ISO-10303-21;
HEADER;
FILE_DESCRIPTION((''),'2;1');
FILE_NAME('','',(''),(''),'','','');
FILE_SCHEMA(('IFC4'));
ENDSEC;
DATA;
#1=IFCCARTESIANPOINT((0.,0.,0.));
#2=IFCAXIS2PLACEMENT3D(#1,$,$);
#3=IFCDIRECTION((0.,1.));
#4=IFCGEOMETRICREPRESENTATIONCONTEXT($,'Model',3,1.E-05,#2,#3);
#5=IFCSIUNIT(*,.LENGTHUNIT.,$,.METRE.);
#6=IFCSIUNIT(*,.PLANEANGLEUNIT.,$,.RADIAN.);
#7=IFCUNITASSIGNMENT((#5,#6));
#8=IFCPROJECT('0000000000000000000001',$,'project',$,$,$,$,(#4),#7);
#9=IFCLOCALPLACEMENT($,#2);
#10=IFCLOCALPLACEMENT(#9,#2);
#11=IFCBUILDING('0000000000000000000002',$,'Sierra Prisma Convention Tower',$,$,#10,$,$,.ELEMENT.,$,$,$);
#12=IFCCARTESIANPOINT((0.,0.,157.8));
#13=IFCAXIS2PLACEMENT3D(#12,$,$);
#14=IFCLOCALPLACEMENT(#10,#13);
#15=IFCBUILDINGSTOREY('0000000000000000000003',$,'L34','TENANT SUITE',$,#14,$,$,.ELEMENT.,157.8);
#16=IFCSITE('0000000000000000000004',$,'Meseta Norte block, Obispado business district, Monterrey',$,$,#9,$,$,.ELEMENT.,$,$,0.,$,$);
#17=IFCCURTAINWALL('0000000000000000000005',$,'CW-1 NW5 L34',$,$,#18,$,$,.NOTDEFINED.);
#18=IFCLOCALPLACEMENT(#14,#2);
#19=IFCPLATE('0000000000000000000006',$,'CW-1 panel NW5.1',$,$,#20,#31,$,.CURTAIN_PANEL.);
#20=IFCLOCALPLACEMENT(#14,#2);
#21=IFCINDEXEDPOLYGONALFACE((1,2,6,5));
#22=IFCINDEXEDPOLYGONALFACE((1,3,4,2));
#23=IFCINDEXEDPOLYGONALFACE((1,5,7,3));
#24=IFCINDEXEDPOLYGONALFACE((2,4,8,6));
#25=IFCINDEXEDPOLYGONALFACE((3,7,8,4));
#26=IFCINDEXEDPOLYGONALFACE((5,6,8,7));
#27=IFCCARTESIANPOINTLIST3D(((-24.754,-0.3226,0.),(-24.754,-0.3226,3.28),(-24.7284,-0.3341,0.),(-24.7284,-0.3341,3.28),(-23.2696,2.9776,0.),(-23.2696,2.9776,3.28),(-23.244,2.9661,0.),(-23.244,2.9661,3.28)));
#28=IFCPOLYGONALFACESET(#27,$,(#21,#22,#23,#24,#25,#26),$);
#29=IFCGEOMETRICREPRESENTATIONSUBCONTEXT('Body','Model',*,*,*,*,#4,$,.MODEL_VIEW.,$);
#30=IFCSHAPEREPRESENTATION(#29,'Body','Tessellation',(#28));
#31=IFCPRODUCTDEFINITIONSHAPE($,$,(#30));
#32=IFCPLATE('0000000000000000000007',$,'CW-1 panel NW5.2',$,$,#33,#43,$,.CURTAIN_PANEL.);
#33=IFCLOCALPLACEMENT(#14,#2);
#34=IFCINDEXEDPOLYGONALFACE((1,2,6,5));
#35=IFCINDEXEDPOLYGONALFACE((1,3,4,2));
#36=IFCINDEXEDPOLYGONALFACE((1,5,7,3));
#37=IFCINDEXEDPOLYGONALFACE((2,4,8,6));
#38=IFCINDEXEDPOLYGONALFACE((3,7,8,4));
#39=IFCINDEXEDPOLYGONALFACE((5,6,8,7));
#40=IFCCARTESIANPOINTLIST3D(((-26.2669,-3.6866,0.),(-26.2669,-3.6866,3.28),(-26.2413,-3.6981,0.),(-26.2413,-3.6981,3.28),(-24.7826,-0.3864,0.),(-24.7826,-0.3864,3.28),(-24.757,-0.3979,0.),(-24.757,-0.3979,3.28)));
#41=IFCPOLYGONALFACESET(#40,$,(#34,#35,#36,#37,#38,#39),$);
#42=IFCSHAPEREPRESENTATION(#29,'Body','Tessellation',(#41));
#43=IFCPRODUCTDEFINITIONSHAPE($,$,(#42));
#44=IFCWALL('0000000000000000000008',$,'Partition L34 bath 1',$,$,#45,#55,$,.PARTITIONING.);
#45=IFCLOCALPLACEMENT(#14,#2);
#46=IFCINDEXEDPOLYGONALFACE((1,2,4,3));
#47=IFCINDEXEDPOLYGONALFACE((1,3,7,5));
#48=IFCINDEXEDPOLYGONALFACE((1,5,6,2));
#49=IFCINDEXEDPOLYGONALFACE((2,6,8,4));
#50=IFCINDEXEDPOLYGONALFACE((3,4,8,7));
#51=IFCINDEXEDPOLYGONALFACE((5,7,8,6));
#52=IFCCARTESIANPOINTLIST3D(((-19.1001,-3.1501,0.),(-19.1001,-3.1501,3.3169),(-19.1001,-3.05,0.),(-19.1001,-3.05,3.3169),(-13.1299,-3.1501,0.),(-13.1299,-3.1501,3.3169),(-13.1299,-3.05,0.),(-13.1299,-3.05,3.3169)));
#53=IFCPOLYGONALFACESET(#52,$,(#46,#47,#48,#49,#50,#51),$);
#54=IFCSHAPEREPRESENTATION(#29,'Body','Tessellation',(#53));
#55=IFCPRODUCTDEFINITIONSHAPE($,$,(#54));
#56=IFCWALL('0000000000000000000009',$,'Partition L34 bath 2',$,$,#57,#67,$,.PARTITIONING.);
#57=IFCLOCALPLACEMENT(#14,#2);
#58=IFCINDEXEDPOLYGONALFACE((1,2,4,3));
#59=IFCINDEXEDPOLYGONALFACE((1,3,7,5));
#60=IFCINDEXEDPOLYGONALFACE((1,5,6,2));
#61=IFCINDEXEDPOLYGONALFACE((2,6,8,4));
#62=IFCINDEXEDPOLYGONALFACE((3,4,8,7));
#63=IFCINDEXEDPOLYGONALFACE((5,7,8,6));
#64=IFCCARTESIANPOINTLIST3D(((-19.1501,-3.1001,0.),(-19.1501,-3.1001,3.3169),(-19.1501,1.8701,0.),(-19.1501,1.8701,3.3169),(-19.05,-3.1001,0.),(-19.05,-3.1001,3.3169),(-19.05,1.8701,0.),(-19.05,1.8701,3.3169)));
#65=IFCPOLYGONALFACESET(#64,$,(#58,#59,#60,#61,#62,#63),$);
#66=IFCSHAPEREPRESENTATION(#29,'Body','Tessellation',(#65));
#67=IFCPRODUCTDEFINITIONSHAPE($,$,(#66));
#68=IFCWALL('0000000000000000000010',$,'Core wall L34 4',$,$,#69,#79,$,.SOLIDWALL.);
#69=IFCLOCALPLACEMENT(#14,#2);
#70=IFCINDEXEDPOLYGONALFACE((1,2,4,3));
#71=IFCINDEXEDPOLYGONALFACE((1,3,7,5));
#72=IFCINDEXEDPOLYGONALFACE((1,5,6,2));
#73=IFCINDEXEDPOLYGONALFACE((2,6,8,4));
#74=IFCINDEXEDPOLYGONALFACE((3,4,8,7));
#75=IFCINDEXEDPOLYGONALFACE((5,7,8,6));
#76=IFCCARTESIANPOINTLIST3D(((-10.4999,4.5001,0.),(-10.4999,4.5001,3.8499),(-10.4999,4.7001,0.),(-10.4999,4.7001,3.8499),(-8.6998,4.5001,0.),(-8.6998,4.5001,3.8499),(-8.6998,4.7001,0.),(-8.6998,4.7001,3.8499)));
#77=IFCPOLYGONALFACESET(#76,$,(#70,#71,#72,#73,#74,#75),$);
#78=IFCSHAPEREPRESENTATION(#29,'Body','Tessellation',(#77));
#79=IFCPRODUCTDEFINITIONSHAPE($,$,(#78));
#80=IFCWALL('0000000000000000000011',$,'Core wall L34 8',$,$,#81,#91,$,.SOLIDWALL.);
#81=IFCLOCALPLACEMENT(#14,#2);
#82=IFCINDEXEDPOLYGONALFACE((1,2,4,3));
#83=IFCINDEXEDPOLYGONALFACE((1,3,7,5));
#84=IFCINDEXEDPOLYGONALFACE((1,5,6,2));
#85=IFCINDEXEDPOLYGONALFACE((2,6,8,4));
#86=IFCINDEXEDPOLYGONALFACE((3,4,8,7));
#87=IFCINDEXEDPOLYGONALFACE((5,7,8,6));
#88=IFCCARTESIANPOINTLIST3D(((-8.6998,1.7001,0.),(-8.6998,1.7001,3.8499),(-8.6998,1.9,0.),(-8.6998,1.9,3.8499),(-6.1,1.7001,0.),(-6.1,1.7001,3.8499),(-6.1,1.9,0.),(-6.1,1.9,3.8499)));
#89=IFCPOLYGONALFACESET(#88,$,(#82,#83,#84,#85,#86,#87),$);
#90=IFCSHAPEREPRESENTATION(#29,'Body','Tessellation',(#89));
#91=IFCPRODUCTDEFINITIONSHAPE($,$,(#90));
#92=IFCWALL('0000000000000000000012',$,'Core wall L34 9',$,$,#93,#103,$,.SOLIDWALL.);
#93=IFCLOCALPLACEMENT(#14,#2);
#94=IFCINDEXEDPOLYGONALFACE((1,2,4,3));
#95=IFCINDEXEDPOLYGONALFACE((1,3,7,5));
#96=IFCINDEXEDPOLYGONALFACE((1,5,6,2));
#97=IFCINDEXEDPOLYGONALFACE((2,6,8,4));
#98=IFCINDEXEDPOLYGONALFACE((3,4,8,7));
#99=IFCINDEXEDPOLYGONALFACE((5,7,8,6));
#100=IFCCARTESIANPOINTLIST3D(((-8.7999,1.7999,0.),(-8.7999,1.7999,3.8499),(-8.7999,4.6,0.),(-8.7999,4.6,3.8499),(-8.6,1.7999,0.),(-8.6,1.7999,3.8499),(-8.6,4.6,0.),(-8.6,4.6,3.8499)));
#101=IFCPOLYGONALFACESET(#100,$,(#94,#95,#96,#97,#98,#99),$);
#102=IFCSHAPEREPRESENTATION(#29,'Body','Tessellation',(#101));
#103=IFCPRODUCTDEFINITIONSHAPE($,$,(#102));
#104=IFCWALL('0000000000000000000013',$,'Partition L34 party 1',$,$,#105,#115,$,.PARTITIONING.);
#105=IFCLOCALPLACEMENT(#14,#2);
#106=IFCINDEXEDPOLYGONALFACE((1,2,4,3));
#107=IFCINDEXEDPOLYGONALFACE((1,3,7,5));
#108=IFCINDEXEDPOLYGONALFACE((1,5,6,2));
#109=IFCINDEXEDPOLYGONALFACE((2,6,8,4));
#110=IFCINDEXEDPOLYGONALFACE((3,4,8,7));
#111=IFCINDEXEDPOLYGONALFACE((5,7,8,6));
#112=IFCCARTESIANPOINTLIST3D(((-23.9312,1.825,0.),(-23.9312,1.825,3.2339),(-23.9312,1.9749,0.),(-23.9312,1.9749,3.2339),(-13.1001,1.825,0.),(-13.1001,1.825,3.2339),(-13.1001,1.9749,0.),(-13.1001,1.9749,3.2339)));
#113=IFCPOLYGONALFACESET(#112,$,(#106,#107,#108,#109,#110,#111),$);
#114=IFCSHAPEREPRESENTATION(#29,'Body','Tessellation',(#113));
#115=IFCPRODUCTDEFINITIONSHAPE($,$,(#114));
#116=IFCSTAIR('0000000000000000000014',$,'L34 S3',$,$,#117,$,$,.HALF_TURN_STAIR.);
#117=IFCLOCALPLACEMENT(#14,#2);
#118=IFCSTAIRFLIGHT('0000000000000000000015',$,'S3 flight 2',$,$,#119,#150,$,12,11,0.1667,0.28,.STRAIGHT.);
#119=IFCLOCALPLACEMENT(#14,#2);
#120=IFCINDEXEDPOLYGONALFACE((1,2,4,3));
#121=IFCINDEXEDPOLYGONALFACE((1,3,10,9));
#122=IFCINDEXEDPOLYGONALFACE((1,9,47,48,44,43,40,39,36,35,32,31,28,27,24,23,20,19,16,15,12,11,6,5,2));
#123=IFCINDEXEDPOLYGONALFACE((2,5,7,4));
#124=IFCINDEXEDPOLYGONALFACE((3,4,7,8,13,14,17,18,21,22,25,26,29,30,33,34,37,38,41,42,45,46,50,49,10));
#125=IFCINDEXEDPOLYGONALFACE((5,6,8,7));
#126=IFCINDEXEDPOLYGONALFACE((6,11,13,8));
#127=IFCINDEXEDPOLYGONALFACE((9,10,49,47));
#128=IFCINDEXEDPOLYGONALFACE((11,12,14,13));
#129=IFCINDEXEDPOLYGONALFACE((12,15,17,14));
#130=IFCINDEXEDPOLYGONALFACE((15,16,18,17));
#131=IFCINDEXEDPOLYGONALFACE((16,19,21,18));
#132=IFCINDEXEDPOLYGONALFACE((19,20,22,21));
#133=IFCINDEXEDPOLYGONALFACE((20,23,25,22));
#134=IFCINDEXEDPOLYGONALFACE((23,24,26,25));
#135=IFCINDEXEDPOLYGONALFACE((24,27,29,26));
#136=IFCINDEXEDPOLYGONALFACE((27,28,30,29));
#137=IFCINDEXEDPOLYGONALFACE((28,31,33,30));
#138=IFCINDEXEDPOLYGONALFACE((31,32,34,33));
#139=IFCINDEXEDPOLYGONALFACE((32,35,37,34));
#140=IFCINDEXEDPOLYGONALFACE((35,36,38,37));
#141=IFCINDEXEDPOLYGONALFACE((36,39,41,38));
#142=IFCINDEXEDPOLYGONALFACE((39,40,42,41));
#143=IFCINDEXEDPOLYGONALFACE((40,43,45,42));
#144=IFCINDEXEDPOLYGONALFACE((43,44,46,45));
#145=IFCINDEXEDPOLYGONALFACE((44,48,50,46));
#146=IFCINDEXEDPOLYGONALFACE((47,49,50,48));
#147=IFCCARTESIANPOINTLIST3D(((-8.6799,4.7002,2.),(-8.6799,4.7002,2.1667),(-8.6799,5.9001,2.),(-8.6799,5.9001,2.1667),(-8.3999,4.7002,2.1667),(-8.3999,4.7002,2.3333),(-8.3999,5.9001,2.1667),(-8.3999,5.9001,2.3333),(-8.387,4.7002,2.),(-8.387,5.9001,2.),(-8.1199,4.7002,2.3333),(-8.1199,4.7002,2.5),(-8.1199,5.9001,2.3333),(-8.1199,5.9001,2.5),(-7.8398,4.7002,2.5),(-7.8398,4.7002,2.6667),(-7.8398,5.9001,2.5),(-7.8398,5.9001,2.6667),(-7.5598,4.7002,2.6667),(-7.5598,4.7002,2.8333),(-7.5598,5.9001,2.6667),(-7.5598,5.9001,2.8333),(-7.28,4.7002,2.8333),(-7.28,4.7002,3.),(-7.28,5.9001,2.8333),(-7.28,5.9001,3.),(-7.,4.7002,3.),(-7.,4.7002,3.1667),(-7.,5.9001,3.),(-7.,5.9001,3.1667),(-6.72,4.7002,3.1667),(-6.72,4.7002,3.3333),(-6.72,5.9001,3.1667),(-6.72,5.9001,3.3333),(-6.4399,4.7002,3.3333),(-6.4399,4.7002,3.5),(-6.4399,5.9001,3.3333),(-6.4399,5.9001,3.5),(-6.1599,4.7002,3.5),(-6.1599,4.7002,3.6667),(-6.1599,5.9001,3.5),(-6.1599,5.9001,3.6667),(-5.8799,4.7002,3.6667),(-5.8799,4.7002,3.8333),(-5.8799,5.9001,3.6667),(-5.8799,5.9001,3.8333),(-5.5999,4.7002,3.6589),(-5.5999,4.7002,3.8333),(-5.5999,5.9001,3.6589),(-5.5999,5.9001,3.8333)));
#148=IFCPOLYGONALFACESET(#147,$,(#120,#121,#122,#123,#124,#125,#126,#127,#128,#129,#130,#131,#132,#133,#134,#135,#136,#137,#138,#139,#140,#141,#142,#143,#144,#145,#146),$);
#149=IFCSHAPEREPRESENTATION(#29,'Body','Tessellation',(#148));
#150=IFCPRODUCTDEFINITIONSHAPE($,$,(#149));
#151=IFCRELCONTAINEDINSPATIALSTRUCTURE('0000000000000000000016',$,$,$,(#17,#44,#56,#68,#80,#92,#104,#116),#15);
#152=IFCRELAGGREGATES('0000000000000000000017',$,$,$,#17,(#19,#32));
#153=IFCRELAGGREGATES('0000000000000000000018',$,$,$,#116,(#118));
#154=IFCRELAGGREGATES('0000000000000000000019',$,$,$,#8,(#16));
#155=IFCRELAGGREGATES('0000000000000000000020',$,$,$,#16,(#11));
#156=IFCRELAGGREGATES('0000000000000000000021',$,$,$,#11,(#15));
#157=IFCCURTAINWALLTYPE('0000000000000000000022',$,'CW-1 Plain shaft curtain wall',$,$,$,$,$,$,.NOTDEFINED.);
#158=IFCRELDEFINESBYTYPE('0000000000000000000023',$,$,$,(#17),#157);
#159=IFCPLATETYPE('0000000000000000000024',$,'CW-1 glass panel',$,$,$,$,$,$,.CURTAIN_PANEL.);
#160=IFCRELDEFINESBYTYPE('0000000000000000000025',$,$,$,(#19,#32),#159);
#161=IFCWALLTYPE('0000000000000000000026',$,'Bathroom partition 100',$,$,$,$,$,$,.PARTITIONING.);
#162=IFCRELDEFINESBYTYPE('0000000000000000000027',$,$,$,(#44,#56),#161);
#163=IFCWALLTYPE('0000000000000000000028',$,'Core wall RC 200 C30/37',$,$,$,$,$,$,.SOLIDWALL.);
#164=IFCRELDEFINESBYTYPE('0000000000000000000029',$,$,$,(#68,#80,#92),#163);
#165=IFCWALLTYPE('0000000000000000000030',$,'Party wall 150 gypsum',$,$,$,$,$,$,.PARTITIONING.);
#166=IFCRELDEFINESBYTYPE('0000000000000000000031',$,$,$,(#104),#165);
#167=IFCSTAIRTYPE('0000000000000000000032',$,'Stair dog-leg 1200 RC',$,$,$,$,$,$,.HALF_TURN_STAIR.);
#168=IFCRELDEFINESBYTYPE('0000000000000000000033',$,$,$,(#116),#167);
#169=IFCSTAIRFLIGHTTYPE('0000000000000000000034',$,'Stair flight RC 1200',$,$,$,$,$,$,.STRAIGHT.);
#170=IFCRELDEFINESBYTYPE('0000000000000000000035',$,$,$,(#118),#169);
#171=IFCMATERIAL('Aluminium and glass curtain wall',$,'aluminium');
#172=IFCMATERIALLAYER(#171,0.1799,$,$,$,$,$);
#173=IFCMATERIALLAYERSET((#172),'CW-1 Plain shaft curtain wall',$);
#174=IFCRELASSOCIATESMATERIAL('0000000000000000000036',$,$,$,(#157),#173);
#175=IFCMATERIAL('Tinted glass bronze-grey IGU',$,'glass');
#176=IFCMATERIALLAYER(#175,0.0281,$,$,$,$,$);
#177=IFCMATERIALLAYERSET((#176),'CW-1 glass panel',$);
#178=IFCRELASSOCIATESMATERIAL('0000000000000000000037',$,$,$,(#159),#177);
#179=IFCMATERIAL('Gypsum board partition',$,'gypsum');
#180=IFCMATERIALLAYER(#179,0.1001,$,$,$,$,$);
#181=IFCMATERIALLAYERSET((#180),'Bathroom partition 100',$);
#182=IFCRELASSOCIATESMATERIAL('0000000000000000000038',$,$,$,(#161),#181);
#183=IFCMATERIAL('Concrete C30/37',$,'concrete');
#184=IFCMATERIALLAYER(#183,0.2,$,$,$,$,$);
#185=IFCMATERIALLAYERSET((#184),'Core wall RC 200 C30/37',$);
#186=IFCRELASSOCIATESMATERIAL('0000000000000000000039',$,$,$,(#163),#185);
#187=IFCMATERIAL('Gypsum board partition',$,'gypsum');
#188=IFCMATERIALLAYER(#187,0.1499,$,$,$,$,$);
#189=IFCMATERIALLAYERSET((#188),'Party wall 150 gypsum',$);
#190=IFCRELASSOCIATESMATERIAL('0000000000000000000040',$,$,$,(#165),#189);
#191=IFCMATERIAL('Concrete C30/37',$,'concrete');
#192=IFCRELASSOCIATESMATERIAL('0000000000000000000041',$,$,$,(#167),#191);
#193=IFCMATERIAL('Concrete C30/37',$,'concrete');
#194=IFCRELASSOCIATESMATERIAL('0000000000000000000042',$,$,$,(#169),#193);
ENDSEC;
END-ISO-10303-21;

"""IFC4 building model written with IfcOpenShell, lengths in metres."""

from ifc_helpers import new_model, si_unit, direction, frame, frame_2d, origin, origin_2d, place, context, subcontext, project, spatial, polyline, rectangle, outline, extrude, material, layer, layer_set, type_object, element, aggregate, save


model = new_model("IFC4")

# Units and contexts
model_context = context("Model", 3, precision=1e-05, world=origin(), true_north=direction((0.0, 1.0)))
body_context = subcontext(model_context, "Body", "Model", "MODEL_VIEW")
ifc_project = project(units=[si_unit("LENGTHUNIT", "METRE"), si_unit("PLANEANGLEUNIT", "RADIAN")], contexts=[model_context])

# Site, building, storey
site_placement = place(None, origin())
site = spatial("IfcSite", under=ifc_project, at=site_placement, Name="Meseta Norte block, Obispado business district, Monterrey", CompositionType="ELEMENT", RefElevation=0.0)
building_placement = place(site_placement, origin())
building = spatial("IfcBuilding", under=site, at=building_placement, Name="Sierra Prisma Convention Tower", CompositionType="ELEMENT")
storey_placement = place(building_placement, frame((0.0, 0.0, 157.8)))
storey = spatial("IfcBuildingStorey", under=building, at=storey_placement, Name="L34", Description="TENANT SUITE", CompositionType="ELEMENT", Elevation=157.8)

# Shared definitions
ifc_material_1 = material(Name="Aluminium and glass curtain wall", Category="aluminium")
ifc_layer_1 = layer(ifc_material_1, 0.1799)
ifc_layer_set_1 = layer_set([ifc_layer_1], Name="CW-1 Plain shaft curtain wall")
curtain_wall_type = type_object("IfcCurtainWallType", Name="CW-1 Plain shaft curtain wall", PredefinedType="NOTDEFINED", material=ifc_layer_set_1)

# Curtain wall
curtain_wall_1_placement = place(storey_placement, origin())
curtain_wall_1 = element("IfcCurtainWall", 1, at=curtain_wall_1_placement, inside=storey, type_object=curtain_wall_type, Name="CW-1 NW5 L34", PredefinedType="NOTDEFINED")

# Plates
ifc_material_2 = material(Name="Tinted glass bronze-grey IGU", Category="glass")
ifc_layer_2 = layer(ifc_material_2, 0.0281)
ifc_layer_set_2 = layer_set([ifc_layer_2], Name="CW-1 glass panel")
plate_type = type_object("IfcPlateType", Name="CW-1 glass panel", PredefinedType="CURTAIN_PANEL", material=ifc_layer_set_2)
plate_1_placement = place(storey_placement, frame((-23.999, 1.3218, 0.0), z_axis=(0.0, 0.0, 1.0), x_axis=(-0.410199, -0.911996, 0.0)))
plate_1 = element("IfcPlate", 2, at=plate_1_placement, type_object=plate_type, Name="CW-1 panel NW5.1", PredefinedType="CURTAIN_PANEL", context=body_context, shape_type="SweptSolid", body=[
    extrude(rectangle(XDim=3.6187, YDim=0.0281, at=origin_2d()), origin(), (0.0, 0.0, 1.0), 3.28),
])
plate_2_placement = place(storey_placement, frame((-25.512, -2.0422, 0.0), z_axis=(0.0, 0.0, 1.0), x_axis=(-0.410199, -0.911996, 0.0)))
plate_2 = element("IfcPlate", 3, at=plate_2_placement, type_object=plate_type, Name="CW-1 panel NW5.2", PredefinedType="CURTAIN_PANEL", context=body_context, shape_type="SweptSolid", body=[
    extrude(rectangle(XDim=3.6187, YDim=0.0281, at=origin_2d()), origin(), (0.0, 0.0, 1.0), 3.28),
])
aggregate(curtain_wall_1, [plate_1, plate_2])

# Walls
ifc_material_3 = material(Name="Gypsum board partition", Category="gypsum")
ifc_layer_3 = layer(ifc_material_3, 0.1001)
ifc_layer_set_3 = layer_set([ifc_layer_3], Name="Bathroom partition 100")
wall_type_1 = type_object("IfcWallType", Name="Bathroom partition 100", PredefinedType="PARTITIONING", material=ifc_layer_set_3)
wall_1_placement = place(storey_placement, frame((-13.1299, -3.1001, 0.0), z_axis=(0.0, 0.0, 1.0), x_axis=(-1.0, 0.0, 0.0)))
element("IfcWall", 4, at=wall_1_placement, inside=storey, type_object=wall_type_1, Name="Partition L34 bath 1", PredefinedType="PARTITIONING", context=body_context, shape_type="SweptSolid", body=[
    extrude(rectangle(XDim=5.9702, YDim=0.1001, at=frame_2d((2.9851, 0.0))), origin(), (0.0, 0.0, 1.0), 3.3169),
])
wall_2_placement = place(storey_placement, frame((-19.1001, -3.1001, 0.0), z_axis=(0.0, 0.0, 1.0), x_axis=(0.0, 1.0, 0.0)))
element("IfcWall", 5, at=wall_2_placement, inside=storey, type_object=wall_type_1, Name="Partition L34 bath 2", PredefinedType="PARTITIONING", context=body_context, shape_type="SweptSolid", body=[
    extrude(rectangle(XDim=4.9702, YDim=0.1001, at=frame_2d((2.4851, 0.0))), origin(), (0.0, 0.0, 1.0), 3.3169),
])

# Shared definitions
ifc_material_4 = material(Name="Concrete C30/37", Category="concrete")
ifc_layer_4 = layer(ifc_material_4, 0.2)
ifc_layer_set_4 = layer_set([ifc_layer_4], Name="Core wall RC 200 C30/37")
wall_type_2 = type_object("IfcWallType", Name="Core wall RC 200 C30/37", PredefinedType="SOLIDWALL", material=ifc_layer_set_4)

# Wall
wall_3_placement = place(storey_placement, frame((-8.7, 4.6001, 0.0), z_axis=(0.0, 0.0, 1.0), x_axis=(-1.0, 0.0, 0.0)))
element("IfcWall", 6, at=wall_3_placement, inside=storey, type_object=wall_type_2, Name="Core wall L34 4", PredefinedType="SOLIDWALL", context=body_context, shape_type="SweptSolid", body=[
    extrude(rectangle(XDim=1.8, YDim=0.2, at=frame_2d((0.8999, 0.0))), origin(), (0.0, 0.0, 1.0), 3.8499),
])

# Walls
wall_4_placement = place(storey_placement, frame((-6.1001, 1.8, 0.0), z_axis=(0.0, 0.0, 1.0), x_axis=(-1.0, 0.0, 0.0)))
element("IfcWall", 7, at=wall_4_placement, inside=storey, type_object=wall_type_2, Name="Core wall L34 8", PredefinedType="SOLIDWALL", context=body_context, shape_type="SweptSolid", body=[
    extrude(rectangle(XDim=2.5999, YDim=0.2, at=frame_2d((1.2998, 0.0))), origin(), (0.0, 0.0, 1.0), 3.8499),
])
wall_5_placement = place(storey_placement, frame((-8.7, 1.8, 0.0), z_axis=(0.0, 0.0, 1.0), x_axis=(0.0, 1.0, 0.0)))
element("IfcWall", 8, at=wall_5_placement, inside=storey, type_object=wall_type_2, Name="Core wall L34 9", PredefinedType="SOLIDWALL", context=body_context, shape_type="SweptSolid", body=[
    extrude(rectangle(XDim=2.8, YDim=0.2, at=frame_2d((1.3999, 0.0))), origin(), (0.0, 0.0, 1.0), 3.8499),
])

# Wall
ifc_material_5 = material(Name="Gypsum board partition", Category="gypsum")
ifc_layer_5 = layer(ifc_material_5, 0.1499)
ifc_layer_set_5 = layer_set([ifc_layer_5], Name="Party wall 150 gypsum")
wall_type_3 = type_object("IfcWallType", Name="Party wall 150 gypsum", PredefinedType="PARTITIONING", material=ifc_layer_set_5)
wall_6_placement = place(storey_placement, frame((-13.1001, 1.8999, 0.0), z_axis=(0.0, 0.0, 1.0), x_axis=(-1.0, 0.0, 0.0)))
element("IfcWall", 9, at=wall_6_placement, inside=storey, type_object=wall_type_3, Name="Partition L34 party 1", PredefinedType="PARTITIONING", context=body_context, shape_type="SweptSolid", body=[
    extrude(rectangle(XDim=10.8311, YDim=0.1499, at=frame_2d((5.4155, 0.0))), origin(), (0.0, 0.0, 1.0), 3.2339),
])

# Stair, stair flight
ifc_material_6 = material(Name="Concrete C30/37", Category="concrete")
stair_type = type_object("IfcStairType", Name="Stair dog-leg 1200 RC", PredefinedType="HALF_TURN_STAIR", material=ifc_material_6)
stair_placement = place(storey_placement, origin())
stair = element("IfcStair", 10, at=stair_placement, inside=storey, type_object=stair_type, Name="L34 S3", PredefinedType="HALF_TURN_STAIR")
ifc_material_7 = material(Name="Concrete C30/37", Category="concrete")
stair_flight_type = type_object("IfcStairFlightType", Name="Stair flight RC 1200", PredefinedType="STRAIGHT", material=ifc_material_7)
stair_flight_placement = place(storey_placement, frame((-8.6799, 5.3, 2.0), z_axis=(0.0, 0.0, 1.0), x_axis=(1.0, 0.0, 0.0)))
stair_flight = element("IfcStairFlight", 11, at=stair_flight_placement, type_object=stair_flight_type, Name="S3 flight 2", NumberOfRisers=12, NumberOfTreads=11, PredefinedType="STRAIGHT", RiserHeight=0.1667, TreadLength=0.28, context=body_context, shape_type="SweptSolid", body=[
    extrude(outline(polyline([(0.0, 0.0), (0.0, 0.1667), (0.28, 0.1667), (0.28, 0.3333), (0.5601, 0.3333), (0.5601, 0.5), (0.8401, 0.5), (0.8401, 0.6667), (1.1201, 0.6667), (1.1201, 0.8333), (1.3999, 0.8333), (1.3999, 1.0), (1.6799, 1.0), (1.6799, 1.1667), (1.96, 1.1667), (1.96, 1.3333), (2.24, 1.3333), (2.24, 1.5), (2.52, 1.5), (2.52, 1.6667), (2.8, 1.6667), (2.8, 1.8333), (3.0801, 1.8333), (3.0801, 2.0), (3.0801, 1.6589), (0.293, 0.0), (0.0, 0.0)])), frame((0.0, 0.6001, 0.0), z_axis=(0.0, -1.0, 0.0), x_axis=(1.0, 0.0, 0.0)), (0.0, 0.0, 1.0), 1.2),
])
aggregate(stair, [stair_flight])

save(model, "model.ifc")
